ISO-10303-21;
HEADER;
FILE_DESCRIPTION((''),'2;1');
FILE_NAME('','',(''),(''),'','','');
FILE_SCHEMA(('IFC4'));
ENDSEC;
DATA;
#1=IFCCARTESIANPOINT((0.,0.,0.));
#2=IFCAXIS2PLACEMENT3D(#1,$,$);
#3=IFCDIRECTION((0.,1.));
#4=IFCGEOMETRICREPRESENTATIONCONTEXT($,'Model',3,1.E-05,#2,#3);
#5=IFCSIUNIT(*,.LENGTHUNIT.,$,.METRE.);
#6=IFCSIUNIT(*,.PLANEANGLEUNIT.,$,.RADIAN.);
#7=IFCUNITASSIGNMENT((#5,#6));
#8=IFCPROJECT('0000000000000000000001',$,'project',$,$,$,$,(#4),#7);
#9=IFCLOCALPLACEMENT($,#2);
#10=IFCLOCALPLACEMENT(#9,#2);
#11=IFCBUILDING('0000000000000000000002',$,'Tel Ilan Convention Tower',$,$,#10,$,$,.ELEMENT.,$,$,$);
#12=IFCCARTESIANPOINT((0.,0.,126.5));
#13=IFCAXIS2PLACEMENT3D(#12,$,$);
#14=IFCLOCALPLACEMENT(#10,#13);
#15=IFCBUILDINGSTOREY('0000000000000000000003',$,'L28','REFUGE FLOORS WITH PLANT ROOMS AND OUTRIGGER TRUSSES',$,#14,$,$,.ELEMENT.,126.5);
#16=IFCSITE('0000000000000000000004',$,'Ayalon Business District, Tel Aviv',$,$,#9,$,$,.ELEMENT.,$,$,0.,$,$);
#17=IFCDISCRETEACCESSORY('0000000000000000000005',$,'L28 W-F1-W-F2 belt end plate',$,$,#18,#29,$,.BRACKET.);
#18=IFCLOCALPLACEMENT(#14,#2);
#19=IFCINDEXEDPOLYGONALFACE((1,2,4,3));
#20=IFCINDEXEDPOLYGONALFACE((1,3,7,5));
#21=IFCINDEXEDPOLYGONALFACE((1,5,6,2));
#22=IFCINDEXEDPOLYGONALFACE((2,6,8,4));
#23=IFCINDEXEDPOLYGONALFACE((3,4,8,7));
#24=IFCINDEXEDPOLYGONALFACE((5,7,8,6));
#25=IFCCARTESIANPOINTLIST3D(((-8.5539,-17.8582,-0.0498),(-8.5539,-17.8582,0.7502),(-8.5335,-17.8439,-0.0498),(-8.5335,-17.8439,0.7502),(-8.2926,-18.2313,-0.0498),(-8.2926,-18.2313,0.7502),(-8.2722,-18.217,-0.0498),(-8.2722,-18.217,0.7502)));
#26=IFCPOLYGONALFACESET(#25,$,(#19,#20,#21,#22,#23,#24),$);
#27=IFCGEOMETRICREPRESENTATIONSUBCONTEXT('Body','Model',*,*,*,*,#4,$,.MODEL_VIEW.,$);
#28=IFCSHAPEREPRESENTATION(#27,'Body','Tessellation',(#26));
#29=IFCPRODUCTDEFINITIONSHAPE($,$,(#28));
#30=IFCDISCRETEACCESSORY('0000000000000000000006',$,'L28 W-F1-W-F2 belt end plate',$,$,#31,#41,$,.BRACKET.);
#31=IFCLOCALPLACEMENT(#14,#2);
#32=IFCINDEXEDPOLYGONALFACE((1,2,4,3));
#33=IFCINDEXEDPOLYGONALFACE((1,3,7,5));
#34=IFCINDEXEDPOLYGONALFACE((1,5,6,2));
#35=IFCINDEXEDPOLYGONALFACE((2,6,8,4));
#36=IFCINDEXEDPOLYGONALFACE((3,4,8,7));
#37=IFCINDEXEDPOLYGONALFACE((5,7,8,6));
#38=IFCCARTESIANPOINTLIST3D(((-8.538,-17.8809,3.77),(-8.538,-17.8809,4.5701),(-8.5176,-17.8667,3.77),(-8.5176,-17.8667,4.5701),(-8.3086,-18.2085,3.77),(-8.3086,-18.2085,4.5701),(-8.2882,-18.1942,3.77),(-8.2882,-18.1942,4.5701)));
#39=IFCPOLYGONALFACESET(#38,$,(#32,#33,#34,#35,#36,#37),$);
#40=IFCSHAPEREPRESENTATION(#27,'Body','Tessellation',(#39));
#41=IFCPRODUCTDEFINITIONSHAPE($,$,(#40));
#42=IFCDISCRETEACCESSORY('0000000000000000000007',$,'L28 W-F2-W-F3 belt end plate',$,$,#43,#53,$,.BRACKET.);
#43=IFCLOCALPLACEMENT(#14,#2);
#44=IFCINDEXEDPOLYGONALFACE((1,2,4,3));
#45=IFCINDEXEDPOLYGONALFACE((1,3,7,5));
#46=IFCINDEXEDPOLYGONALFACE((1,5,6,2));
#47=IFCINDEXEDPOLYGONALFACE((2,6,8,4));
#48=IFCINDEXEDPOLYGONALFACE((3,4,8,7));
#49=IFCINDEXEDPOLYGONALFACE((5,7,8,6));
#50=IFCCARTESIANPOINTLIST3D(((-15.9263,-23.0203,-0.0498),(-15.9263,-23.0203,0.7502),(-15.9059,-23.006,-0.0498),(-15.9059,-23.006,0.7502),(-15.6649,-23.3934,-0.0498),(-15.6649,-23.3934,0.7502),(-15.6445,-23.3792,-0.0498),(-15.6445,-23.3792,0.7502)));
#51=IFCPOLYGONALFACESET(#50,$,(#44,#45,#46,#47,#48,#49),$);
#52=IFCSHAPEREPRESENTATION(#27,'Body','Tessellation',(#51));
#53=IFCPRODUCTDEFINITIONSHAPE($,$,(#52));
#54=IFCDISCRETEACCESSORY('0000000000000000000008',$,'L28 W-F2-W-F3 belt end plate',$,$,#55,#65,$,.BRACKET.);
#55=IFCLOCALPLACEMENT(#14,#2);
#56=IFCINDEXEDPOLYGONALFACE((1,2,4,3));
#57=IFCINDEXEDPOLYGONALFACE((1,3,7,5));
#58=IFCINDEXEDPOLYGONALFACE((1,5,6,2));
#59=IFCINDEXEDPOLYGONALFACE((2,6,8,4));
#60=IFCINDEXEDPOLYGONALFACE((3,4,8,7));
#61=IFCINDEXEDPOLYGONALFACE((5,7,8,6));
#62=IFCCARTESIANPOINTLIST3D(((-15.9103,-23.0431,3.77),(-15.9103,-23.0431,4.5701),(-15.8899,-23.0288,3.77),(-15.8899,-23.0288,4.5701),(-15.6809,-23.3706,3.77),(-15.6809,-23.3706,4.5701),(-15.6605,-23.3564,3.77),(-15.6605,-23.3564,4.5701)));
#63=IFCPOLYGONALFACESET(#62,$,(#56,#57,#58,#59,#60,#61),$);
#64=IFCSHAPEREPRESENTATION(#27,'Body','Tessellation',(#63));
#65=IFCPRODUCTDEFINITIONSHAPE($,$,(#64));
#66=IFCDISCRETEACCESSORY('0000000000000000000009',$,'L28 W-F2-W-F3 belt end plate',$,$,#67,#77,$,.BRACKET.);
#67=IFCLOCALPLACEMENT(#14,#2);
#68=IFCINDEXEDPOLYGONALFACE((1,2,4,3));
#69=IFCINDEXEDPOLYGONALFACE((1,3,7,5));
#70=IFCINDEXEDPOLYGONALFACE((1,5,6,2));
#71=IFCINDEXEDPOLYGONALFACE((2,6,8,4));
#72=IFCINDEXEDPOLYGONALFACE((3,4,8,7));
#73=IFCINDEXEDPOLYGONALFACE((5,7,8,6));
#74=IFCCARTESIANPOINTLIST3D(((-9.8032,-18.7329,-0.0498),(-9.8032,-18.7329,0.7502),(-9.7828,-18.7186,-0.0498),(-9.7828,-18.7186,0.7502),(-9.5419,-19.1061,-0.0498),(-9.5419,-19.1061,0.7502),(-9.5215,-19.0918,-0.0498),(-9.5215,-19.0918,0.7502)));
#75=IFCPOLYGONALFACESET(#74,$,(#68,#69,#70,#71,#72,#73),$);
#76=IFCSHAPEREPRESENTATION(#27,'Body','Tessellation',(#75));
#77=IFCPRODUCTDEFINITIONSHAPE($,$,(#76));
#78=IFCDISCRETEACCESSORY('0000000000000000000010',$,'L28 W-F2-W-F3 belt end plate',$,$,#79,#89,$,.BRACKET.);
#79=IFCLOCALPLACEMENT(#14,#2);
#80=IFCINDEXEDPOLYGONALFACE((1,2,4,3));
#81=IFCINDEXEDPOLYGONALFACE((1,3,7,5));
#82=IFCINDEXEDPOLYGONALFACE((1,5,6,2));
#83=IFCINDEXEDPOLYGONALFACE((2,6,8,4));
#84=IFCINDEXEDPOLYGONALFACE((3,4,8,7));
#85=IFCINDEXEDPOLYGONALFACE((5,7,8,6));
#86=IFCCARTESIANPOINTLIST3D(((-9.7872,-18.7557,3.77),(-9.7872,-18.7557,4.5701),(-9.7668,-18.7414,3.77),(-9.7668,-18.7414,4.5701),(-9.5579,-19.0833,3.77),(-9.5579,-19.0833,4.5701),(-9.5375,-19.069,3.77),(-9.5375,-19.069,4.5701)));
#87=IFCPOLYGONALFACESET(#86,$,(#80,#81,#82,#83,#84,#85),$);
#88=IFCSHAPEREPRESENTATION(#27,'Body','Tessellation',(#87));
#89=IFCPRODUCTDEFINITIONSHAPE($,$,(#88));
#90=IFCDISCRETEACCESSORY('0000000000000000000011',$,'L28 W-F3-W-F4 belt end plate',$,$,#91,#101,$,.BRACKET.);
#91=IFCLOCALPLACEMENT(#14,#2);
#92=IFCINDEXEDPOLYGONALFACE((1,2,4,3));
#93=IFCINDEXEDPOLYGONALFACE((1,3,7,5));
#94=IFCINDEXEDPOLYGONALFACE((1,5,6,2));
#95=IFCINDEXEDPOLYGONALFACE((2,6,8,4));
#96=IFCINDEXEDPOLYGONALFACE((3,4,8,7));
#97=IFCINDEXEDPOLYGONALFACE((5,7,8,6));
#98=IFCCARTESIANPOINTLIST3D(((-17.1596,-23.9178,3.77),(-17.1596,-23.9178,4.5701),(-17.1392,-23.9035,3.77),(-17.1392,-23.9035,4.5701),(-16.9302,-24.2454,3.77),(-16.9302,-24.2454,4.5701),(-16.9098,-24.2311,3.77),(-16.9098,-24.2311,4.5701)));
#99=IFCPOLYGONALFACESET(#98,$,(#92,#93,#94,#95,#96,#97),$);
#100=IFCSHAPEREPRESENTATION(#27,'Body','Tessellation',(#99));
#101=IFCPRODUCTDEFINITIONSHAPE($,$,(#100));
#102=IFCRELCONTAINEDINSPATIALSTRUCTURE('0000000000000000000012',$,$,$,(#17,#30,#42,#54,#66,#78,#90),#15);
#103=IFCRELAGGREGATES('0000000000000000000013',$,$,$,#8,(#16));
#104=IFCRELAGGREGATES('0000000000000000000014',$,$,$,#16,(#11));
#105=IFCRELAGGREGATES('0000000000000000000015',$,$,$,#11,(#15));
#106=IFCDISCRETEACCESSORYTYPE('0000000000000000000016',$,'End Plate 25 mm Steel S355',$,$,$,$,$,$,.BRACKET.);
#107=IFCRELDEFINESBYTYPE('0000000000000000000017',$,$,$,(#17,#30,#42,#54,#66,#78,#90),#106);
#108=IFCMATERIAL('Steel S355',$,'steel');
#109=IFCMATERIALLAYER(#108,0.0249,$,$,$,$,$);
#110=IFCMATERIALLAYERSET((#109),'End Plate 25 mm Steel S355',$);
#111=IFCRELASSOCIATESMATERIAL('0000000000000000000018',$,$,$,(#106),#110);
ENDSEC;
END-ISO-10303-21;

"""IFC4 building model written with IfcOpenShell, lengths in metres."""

from ifc_helpers import new_model, si_unit, direction, frame, origin, origin_2d, place, context, subcontext, project, spatial, rectangle, extrude, material, layer, layer_set, type_object, element, save


model = new_model("IFC4")

# Units and contexts
model_context = context("Model", 3, precision=1e-05, world=origin(), true_north=direction((0.0, 1.0)))
body_context = subcontext(model_context, "Body", "Model", "MODEL_VIEW")
ifc_project = project(units=[si_unit("LENGTHUNIT", "METRE"), si_unit("PLANEANGLEUNIT", "RADIAN")], contexts=[model_context])

# Site, building, storey
site_placement = place(None, origin())
site = spatial("IfcSite", under=ifc_project, at=site_placement, Name="Ayalon Business District, Tel Aviv", CompositionType="ELEMENT", RefElevation=0.0)
building_placement = place(site_placement, origin())
building = spatial("IfcBuilding", under=site, at=building_placement, Name="Tel Ilan Convention Tower", CompositionType="ELEMENT")
storey_placement = place(building_placement, frame((0.0, 0.0, 126.5)))
storey = spatial("IfcBuildingStorey", under=building, at=storey_placement, Name="L28", Description="REFUGE FLOORS WITH PLANT ROOMS AND OUTRIGGER TRUSSES", CompositionType="ELEMENT", Elevation=126.5)

# Discrete accessories
ifc_material_1 = material(Name="Steel S355", Category="steel")
ifc_layer_1 = layer(ifc_material_1, 0.0249)
ifc_layer_set_1 = layer_set([ifc_layer_1], Name="End Plate 25 mm Steel S355")
discrete_accessory_type_1 = type_object("IfcDiscreteAccessoryType", Name="End Plate 25 mm Steel S355", PredefinedType="BRACKET", material=ifc_layer_set_1)
discrete_accessory_1_placement = place(storey_placement, frame((-8.4131, -18.0376, -0.0498), z_axis=(0.0, 0.0, 1.0), x_axis=(-0.819152, -0.573576, 0.0)))
element("IfcDiscreteAccessory", 1, at=discrete_accessory_1_placement, inside=storey, type_object=discrete_accessory_type_1, Name="L28 W-F1-W-F2 belt end plate", PredefinedType="BRACKET", context=body_context, shape_type="SweptSolid", body=[
    extrude(rectangle(XDim=0.0249, YDim=0.4556, at=origin_2d()), origin(), (0.0, 0.0, 1.0), 0.8),
])
discrete_accessory_2_placement = place(storey_placement, frame((-8.4131, -18.0376, 3.77), z_axis=(0.0, 0.0, 1.0), x_axis=(-0.819152, -0.573576, 0.0)))
element("IfcDiscreteAccessory", 2, at=discrete_accessory_2_placement, inside=storey, type_object=discrete_accessory_type_1, Name="L28 W-F1-W-F2 belt end plate", PredefinedType="BRACKET", context=body_context, shape_type="SweptSolid", body=[
    extrude(rectangle(XDim=0.0249, YDim=0.3999, at=origin_2d()), origin(), (0.0, 0.0, 1.0), 0.8),
])
discrete_accessory_3_placement = place(storey_placement, frame((-15.7854, -23.1997, -0.0498), z_axis=(0.0, 0.0, 1.0), x_axis=(-0.819152, -0.573576, 0.0)))
element("IfcDiscreteAccessory", 3, at=discrete_accessory_3_placement, inside=storey, type_object=discrete_accessory_type_1, Name="L28 W-F2-W-F3 belt end plate", PredefinedType="BRACKET", context=body_context, shape_type="SweptSolid", body=[
    extrude(rectangle(XDim=0.0249, YDim=0.4556, at=origin_2d()), origin(), (0.0, 0.0, 1.0), 0.8),
])
discrete_accessory_4_placement = place(storey_placement, frame((-15.7854, -23.1997, 3.77), z_axis=(0.0, 0.0, 1.0), x_axis=(-0.819152, -0.573576, 0.0)))
element("IfcDiscreteAccessory", 4, at=discrete_accessory_4_placement, inside=storey, type_object=discrete_accessory_type_1, Name="L28 W-F2-W-F3 belt end plate", PredefinedType="BRACKET", context=body_context, shape_type="SweptSolid", body=[
    extrude(rectangle(XDim=0.0249, YDim=0.3999, at=origin_2d()), origin(), (0.0, 0.0, 1.0), 0.8),
])
discrete_accessory_5_placement = place(storey_placement, frame((-9.6624, -18.9124, -0.0498), z_axis=(0.0, 0.0, 1.0), x_axis=(0.819152, 0.573576, 0.0)))
element("IfcDiscreteAccessory", 5, at=discrete_accessory_5_placement, inside=storey, type_object=discrete_accessory_type_1, Name="L28 W-F2-W-F3 belt end plate", PredefinedType="BRACKET", context=body_context, shape_type="SweptSolid", body=[
    extrude(rectangle(XDim=0.0249, YDim=0.4556, at=origin_2d()), origin(), (0.0, 0.0, 1.0), 0.8),
])
for number, where, z_axis, x_axis, name in (
    (6, (-9.6624, -18.9124, 3.77), (0.0, 0.0, 1.0), (0.819152, 0.573576, 0.0), "L28 W-F2-W-F3 belt end plate"),
    (7, (-17.0347, -24.0745, 3.77), (0.0, 0.0, 1.0), (0.819152, 0.573576, 0.0), "L28 W-F3-W-F4 belt end plate"),
):
    element("IfcDiscreteAccessory", number, at=place(storey_placement, frame(where, z_axis=z_axis, x_axis=x_axis)), inside=storey, type_object=discrete_accessory_type_1, Name=name, PredefinedType="BRACKET", context=body_context, shape_type="SweptSolid", body=[
        extrude(rectangle(XDim=0.0249, YDim=0.3999, at=origin_2d()), origin(), (0.0, 0.0, 1.0), 0.8),
    ])

save(model, "model.ifc")
